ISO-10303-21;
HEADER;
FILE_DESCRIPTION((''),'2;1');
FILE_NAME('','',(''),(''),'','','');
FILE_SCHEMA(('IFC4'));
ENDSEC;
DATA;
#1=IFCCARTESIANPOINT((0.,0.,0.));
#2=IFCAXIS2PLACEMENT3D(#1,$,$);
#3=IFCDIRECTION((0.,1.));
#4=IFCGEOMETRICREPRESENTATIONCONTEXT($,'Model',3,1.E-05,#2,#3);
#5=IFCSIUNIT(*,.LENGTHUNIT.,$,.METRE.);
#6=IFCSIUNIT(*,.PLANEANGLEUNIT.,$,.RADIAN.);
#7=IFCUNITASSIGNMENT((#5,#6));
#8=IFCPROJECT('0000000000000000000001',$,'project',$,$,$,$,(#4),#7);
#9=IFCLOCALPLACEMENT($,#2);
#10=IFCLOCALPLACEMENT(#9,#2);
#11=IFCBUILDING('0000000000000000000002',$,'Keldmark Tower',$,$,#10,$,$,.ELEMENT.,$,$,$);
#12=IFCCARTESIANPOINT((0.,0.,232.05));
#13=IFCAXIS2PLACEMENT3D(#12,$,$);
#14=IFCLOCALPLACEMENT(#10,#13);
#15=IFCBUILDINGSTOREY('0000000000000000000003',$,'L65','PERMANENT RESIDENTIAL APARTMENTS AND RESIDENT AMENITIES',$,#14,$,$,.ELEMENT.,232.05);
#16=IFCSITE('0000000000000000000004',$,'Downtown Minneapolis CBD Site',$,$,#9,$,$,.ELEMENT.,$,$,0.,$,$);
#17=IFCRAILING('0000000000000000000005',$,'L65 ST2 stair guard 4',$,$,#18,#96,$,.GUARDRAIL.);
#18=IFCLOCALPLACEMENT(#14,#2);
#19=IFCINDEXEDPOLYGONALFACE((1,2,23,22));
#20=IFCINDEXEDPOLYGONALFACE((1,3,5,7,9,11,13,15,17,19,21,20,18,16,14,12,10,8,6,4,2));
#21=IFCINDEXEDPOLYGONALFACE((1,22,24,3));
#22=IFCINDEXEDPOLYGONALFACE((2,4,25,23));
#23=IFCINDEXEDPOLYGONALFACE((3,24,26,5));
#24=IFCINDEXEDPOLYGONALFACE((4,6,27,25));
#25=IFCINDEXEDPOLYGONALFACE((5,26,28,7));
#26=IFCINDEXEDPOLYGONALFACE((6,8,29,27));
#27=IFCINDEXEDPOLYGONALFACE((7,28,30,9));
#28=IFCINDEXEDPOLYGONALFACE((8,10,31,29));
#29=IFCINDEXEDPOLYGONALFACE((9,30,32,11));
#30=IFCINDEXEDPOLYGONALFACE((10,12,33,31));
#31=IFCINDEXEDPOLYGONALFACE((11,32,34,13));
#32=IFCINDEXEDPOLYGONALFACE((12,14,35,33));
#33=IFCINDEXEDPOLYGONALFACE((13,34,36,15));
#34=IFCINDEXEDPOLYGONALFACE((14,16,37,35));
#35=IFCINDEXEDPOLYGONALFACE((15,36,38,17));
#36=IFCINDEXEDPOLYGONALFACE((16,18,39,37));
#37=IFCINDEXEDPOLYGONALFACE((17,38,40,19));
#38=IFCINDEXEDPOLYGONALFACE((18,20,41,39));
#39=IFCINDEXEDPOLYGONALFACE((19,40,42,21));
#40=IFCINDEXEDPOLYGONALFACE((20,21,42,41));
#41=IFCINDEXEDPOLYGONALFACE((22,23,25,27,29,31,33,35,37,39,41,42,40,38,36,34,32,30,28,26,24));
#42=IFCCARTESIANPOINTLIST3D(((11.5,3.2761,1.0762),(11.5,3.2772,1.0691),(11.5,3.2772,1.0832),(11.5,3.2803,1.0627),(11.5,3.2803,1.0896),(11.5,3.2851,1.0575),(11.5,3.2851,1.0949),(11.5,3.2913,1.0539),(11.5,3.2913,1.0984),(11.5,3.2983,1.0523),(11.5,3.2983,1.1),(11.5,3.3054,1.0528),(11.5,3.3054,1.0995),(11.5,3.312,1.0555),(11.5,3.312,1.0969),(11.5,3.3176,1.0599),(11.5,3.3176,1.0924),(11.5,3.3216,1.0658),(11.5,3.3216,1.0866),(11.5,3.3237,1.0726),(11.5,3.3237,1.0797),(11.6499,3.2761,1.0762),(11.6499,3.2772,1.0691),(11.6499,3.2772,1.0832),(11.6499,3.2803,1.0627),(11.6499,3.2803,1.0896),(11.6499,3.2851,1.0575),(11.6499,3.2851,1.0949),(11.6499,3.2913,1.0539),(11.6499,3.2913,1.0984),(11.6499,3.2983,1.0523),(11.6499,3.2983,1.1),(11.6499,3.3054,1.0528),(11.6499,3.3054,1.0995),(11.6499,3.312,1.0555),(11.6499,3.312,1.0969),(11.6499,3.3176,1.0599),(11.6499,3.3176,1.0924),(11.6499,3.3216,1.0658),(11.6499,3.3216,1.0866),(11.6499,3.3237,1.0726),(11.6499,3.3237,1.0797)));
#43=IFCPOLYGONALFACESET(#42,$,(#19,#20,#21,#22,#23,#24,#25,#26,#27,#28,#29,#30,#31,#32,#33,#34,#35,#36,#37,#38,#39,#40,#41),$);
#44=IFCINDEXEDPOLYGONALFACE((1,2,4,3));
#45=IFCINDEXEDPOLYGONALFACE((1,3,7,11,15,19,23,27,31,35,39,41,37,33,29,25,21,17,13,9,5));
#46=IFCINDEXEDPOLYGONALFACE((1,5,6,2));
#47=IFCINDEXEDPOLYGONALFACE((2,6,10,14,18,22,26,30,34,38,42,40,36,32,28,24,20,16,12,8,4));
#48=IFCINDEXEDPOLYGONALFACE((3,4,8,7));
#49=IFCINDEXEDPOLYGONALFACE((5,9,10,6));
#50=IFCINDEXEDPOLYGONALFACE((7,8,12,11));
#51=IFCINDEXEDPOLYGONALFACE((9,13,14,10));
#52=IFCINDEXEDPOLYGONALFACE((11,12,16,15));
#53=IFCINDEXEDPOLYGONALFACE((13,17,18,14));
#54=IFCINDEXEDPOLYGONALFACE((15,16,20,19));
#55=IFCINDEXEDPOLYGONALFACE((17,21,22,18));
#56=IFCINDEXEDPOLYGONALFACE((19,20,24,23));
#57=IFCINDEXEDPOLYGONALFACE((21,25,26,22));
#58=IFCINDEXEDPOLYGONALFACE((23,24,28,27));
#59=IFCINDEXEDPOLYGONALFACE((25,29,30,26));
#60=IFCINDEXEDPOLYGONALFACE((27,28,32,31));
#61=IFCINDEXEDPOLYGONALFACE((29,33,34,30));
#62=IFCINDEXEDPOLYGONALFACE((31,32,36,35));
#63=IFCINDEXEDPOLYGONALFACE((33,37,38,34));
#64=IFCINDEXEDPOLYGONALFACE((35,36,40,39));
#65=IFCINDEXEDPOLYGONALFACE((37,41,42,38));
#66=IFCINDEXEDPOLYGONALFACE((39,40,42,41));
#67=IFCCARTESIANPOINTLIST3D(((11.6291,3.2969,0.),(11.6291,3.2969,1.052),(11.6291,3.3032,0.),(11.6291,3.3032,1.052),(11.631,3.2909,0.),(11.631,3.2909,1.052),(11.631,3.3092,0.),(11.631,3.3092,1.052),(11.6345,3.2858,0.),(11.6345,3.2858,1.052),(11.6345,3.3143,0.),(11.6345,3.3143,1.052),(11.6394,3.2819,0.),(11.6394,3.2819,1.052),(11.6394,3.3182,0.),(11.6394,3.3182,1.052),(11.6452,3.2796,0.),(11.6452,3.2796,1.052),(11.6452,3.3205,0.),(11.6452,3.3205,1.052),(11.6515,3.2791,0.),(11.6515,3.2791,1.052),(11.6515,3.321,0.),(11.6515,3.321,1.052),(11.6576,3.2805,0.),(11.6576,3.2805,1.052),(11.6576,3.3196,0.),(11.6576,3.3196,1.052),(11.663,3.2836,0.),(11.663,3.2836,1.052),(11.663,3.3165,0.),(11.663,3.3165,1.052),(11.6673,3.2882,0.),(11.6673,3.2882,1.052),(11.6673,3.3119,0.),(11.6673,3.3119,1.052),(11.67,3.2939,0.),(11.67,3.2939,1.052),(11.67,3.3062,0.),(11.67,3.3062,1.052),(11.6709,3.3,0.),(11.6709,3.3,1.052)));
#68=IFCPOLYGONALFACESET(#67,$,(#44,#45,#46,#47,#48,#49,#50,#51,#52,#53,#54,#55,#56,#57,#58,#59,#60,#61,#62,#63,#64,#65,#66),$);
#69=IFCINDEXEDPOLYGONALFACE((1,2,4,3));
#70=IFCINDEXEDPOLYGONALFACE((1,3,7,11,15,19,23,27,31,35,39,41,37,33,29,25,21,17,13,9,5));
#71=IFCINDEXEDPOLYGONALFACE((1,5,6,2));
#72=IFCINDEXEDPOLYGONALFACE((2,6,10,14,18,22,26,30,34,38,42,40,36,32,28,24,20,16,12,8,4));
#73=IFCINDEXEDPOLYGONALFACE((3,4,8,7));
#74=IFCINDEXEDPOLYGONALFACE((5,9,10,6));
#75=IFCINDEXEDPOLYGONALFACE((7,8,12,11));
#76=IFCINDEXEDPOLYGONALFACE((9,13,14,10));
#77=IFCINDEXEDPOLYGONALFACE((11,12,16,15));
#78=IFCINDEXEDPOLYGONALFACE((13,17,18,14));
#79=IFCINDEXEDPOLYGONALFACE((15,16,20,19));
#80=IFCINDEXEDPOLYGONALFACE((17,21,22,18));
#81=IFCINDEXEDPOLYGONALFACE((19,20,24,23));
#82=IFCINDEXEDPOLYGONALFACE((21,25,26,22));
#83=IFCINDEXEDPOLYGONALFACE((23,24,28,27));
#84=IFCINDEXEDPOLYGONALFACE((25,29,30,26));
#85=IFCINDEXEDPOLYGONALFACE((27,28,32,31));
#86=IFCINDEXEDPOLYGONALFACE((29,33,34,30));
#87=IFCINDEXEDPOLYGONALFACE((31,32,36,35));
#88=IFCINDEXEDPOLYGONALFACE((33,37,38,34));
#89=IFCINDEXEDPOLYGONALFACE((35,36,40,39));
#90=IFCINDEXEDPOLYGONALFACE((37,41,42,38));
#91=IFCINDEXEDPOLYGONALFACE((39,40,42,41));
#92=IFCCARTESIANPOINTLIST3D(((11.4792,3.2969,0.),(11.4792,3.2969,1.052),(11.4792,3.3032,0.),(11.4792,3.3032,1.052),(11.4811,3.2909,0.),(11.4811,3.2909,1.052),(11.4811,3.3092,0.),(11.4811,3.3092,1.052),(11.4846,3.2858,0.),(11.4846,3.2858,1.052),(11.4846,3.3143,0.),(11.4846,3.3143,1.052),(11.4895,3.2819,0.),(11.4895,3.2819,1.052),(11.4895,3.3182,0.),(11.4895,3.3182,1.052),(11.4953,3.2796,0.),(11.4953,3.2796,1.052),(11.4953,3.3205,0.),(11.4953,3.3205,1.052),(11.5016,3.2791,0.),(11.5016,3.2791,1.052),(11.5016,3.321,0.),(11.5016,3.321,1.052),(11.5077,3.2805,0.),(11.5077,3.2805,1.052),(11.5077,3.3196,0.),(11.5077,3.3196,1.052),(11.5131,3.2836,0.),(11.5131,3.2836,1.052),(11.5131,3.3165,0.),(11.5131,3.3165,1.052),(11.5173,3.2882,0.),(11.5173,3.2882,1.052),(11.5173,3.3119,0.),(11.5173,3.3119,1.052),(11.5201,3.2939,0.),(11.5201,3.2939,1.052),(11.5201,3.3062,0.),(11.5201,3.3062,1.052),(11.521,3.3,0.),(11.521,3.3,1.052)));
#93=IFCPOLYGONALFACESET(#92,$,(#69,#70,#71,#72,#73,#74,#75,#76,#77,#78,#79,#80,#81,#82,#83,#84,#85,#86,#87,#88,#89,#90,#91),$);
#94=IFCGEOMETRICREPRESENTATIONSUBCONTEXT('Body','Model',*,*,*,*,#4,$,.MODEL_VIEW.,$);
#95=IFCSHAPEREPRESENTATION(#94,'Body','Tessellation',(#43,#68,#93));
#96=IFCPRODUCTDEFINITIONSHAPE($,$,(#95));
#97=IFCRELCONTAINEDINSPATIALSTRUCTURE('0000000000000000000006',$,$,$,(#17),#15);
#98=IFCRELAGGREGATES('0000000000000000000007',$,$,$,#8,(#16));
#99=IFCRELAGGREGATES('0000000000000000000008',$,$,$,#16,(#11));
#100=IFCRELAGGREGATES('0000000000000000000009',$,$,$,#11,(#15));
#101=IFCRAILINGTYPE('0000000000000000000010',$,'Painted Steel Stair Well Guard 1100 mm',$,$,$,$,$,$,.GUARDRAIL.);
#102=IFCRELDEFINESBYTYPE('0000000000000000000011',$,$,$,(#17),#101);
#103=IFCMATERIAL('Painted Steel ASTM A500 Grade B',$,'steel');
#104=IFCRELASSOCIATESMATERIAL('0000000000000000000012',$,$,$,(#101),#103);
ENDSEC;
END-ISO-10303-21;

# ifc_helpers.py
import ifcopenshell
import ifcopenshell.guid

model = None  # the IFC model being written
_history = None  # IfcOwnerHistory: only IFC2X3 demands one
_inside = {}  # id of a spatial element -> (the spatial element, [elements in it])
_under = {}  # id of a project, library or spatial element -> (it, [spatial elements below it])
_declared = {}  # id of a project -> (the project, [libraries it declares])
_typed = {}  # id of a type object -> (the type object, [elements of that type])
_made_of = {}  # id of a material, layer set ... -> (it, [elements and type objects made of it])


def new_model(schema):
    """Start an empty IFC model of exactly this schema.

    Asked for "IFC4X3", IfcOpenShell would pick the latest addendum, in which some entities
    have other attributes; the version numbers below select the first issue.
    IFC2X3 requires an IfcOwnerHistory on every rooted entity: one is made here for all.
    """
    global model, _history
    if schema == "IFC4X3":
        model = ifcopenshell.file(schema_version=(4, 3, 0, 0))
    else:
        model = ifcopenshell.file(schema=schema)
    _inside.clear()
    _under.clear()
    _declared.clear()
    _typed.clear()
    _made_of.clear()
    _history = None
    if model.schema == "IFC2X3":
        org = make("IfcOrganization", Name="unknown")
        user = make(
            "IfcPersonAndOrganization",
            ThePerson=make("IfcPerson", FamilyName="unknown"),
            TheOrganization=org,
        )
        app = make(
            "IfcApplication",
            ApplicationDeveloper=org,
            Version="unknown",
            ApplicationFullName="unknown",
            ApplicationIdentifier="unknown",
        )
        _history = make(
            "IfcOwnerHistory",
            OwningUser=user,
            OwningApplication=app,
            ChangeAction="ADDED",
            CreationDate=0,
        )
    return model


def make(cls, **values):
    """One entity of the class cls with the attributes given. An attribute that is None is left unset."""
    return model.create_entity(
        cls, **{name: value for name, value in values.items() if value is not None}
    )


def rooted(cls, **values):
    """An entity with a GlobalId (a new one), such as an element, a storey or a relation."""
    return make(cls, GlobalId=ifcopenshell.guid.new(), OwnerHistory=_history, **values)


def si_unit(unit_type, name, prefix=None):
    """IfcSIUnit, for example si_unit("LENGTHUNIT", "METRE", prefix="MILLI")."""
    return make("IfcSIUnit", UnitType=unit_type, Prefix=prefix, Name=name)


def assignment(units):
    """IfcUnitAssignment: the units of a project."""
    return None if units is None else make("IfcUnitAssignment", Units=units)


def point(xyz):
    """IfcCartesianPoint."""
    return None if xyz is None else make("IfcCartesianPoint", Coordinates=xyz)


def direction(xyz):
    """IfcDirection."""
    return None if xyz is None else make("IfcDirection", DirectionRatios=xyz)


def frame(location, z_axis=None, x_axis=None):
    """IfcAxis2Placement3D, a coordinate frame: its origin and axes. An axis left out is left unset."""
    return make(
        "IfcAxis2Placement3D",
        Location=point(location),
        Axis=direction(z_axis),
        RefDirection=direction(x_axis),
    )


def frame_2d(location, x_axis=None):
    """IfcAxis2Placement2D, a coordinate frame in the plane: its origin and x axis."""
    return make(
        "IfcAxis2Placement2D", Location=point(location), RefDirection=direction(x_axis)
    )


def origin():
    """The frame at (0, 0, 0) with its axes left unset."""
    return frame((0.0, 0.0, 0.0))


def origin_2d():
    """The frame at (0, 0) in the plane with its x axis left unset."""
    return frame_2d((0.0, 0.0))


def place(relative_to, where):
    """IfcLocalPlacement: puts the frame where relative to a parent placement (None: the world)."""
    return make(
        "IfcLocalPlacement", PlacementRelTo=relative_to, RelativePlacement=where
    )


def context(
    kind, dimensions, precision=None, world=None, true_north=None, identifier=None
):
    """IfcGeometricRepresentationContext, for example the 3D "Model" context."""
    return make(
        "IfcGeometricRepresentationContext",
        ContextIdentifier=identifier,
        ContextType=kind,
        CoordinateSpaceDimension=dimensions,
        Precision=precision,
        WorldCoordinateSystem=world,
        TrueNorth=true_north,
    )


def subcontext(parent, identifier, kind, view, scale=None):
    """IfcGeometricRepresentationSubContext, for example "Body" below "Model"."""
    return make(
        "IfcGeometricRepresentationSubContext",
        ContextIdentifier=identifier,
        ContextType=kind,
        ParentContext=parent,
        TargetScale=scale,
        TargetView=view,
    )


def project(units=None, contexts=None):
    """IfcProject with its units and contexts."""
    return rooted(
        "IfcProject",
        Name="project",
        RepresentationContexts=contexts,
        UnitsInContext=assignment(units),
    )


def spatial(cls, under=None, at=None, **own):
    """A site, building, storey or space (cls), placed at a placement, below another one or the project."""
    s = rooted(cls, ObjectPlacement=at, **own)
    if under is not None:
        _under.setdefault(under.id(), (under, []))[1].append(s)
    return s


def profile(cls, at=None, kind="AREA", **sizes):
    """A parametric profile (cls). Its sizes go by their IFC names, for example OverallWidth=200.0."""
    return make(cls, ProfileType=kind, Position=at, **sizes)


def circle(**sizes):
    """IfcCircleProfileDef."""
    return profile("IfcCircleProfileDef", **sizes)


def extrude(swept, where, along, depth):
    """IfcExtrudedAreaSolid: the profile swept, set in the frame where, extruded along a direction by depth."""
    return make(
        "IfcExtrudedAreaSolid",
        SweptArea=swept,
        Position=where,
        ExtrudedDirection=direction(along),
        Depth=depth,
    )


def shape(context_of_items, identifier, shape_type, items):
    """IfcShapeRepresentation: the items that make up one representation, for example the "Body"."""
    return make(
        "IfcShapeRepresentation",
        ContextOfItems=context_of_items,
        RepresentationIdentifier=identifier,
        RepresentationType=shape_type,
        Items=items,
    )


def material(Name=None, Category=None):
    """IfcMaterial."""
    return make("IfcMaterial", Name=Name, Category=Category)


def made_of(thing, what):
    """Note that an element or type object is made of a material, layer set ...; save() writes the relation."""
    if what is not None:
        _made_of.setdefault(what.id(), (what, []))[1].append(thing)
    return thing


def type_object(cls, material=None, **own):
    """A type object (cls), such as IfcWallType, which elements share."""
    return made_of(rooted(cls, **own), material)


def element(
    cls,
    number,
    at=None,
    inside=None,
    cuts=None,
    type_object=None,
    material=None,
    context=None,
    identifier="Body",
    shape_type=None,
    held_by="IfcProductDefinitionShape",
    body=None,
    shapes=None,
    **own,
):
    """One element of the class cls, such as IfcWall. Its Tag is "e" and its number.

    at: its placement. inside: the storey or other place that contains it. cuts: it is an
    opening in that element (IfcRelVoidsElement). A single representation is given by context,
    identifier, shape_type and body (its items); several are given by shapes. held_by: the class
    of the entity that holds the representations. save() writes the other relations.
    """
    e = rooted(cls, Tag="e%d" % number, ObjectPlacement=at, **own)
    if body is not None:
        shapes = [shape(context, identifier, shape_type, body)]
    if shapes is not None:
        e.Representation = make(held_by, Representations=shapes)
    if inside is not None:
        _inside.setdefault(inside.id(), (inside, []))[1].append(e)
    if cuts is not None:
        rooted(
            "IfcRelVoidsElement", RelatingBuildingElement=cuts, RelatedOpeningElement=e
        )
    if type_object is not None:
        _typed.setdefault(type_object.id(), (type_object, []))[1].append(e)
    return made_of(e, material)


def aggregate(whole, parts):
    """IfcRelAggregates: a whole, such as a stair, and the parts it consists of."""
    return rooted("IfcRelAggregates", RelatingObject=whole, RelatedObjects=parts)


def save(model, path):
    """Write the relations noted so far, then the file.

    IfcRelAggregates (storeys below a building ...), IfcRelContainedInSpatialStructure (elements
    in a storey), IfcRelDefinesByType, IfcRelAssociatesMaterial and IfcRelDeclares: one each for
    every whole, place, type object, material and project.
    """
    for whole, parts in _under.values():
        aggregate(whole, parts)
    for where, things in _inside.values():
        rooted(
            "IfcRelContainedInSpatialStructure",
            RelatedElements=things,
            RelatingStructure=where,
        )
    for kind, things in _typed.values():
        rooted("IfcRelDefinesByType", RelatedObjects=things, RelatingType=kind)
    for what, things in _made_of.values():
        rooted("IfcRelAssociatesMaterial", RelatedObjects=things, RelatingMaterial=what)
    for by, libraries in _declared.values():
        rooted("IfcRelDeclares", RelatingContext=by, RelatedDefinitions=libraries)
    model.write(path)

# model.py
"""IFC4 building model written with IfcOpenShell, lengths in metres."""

from ifc_helpers import new_model, si_unit, direction, frame, origin, origin_2d, place, context, subcontext, project, spatial, circle, extrude, material, type_object, element, save


model = new_model("IFC4")

# Units and contexts
model_context = context("Model", 3, precision=1e-05, world=origin(), true_north=direction((0.0, 1.0)))
body_context = subcontext(model_context, "Body", "Model", "MODEL_VIEW")
ifc_project = project(units=[si_unit("LENGTHUNIT", "METRE"), si_unit("PLANEANGLEUNIT", "RADIAN")], contexts=[model_context])

# Site, building, storey
site_placement = place(None, origin())
site = spatial("IfcSite", under=ifc_project, at=site_placement, Name="Downtown Minneapolis CBD Site", CompositionType="ELEMENT", RefElevation=0.0)
building_placement = place(site_placement, origin())
building = spatial("IfcBuilding", under=site, at=building_placement, Name="Keldmark Tower", CompositionType="ELEMENT")
storey_placement = place(building_placement, frame((0.0, 0.0, 232.05)))
storey = spatial("IfcBuildingStorey", under=building, at=storey_placement, Name="L65", Description="PERMANENT RESIDENTIAL APARTMENTS AND RESIDENT AMENITIES", CompositionType="ELEMENT", Elevation=232.05)

# Railing
ifc_material_1 = material(Name="Painted Steel ASTM A500 Grade B", Category="steel")
railing_type_1 = type_object("IfcRailingType", Name="Painted Steel Stair Well Guard 1100 mm", PredefinedType="GUARDRAIL", material=ifc_material_1)
railing_1_placement = place(storey_placement, frame((11.6499, 3.3, 0.0)))
element("IfcRailing", 1, at=railing_1_placement, inside=storey, type_object=railing_type_1, Name="L65 ST2 stair guard 4", PredefinedType="GUARDRAIL", context=body_context, shape_type="SweptSolid", body=[
    extrude(circle(Radius=0.0239, at=origin_2d()), frame((0.0, 0.0, 1.0762), z_axis=(-1.0, 0.0, 0.0), x_axis=(0.0, -1.0, 0.0)), (0.0, 0.0, 1.0), 0.1499),
    extrude(circle(Radius=0.021, at=origin_2d()), origin(), (0.0, 0.0, 1.0), 1.052),
    extrude(circle(Radius=0.021, at=origin_2d()), frame((-0.1499, 0.0, 0.0)), (0.0, 0.0, 1.0), 1.052),
])

save(model, "model.ifc")
